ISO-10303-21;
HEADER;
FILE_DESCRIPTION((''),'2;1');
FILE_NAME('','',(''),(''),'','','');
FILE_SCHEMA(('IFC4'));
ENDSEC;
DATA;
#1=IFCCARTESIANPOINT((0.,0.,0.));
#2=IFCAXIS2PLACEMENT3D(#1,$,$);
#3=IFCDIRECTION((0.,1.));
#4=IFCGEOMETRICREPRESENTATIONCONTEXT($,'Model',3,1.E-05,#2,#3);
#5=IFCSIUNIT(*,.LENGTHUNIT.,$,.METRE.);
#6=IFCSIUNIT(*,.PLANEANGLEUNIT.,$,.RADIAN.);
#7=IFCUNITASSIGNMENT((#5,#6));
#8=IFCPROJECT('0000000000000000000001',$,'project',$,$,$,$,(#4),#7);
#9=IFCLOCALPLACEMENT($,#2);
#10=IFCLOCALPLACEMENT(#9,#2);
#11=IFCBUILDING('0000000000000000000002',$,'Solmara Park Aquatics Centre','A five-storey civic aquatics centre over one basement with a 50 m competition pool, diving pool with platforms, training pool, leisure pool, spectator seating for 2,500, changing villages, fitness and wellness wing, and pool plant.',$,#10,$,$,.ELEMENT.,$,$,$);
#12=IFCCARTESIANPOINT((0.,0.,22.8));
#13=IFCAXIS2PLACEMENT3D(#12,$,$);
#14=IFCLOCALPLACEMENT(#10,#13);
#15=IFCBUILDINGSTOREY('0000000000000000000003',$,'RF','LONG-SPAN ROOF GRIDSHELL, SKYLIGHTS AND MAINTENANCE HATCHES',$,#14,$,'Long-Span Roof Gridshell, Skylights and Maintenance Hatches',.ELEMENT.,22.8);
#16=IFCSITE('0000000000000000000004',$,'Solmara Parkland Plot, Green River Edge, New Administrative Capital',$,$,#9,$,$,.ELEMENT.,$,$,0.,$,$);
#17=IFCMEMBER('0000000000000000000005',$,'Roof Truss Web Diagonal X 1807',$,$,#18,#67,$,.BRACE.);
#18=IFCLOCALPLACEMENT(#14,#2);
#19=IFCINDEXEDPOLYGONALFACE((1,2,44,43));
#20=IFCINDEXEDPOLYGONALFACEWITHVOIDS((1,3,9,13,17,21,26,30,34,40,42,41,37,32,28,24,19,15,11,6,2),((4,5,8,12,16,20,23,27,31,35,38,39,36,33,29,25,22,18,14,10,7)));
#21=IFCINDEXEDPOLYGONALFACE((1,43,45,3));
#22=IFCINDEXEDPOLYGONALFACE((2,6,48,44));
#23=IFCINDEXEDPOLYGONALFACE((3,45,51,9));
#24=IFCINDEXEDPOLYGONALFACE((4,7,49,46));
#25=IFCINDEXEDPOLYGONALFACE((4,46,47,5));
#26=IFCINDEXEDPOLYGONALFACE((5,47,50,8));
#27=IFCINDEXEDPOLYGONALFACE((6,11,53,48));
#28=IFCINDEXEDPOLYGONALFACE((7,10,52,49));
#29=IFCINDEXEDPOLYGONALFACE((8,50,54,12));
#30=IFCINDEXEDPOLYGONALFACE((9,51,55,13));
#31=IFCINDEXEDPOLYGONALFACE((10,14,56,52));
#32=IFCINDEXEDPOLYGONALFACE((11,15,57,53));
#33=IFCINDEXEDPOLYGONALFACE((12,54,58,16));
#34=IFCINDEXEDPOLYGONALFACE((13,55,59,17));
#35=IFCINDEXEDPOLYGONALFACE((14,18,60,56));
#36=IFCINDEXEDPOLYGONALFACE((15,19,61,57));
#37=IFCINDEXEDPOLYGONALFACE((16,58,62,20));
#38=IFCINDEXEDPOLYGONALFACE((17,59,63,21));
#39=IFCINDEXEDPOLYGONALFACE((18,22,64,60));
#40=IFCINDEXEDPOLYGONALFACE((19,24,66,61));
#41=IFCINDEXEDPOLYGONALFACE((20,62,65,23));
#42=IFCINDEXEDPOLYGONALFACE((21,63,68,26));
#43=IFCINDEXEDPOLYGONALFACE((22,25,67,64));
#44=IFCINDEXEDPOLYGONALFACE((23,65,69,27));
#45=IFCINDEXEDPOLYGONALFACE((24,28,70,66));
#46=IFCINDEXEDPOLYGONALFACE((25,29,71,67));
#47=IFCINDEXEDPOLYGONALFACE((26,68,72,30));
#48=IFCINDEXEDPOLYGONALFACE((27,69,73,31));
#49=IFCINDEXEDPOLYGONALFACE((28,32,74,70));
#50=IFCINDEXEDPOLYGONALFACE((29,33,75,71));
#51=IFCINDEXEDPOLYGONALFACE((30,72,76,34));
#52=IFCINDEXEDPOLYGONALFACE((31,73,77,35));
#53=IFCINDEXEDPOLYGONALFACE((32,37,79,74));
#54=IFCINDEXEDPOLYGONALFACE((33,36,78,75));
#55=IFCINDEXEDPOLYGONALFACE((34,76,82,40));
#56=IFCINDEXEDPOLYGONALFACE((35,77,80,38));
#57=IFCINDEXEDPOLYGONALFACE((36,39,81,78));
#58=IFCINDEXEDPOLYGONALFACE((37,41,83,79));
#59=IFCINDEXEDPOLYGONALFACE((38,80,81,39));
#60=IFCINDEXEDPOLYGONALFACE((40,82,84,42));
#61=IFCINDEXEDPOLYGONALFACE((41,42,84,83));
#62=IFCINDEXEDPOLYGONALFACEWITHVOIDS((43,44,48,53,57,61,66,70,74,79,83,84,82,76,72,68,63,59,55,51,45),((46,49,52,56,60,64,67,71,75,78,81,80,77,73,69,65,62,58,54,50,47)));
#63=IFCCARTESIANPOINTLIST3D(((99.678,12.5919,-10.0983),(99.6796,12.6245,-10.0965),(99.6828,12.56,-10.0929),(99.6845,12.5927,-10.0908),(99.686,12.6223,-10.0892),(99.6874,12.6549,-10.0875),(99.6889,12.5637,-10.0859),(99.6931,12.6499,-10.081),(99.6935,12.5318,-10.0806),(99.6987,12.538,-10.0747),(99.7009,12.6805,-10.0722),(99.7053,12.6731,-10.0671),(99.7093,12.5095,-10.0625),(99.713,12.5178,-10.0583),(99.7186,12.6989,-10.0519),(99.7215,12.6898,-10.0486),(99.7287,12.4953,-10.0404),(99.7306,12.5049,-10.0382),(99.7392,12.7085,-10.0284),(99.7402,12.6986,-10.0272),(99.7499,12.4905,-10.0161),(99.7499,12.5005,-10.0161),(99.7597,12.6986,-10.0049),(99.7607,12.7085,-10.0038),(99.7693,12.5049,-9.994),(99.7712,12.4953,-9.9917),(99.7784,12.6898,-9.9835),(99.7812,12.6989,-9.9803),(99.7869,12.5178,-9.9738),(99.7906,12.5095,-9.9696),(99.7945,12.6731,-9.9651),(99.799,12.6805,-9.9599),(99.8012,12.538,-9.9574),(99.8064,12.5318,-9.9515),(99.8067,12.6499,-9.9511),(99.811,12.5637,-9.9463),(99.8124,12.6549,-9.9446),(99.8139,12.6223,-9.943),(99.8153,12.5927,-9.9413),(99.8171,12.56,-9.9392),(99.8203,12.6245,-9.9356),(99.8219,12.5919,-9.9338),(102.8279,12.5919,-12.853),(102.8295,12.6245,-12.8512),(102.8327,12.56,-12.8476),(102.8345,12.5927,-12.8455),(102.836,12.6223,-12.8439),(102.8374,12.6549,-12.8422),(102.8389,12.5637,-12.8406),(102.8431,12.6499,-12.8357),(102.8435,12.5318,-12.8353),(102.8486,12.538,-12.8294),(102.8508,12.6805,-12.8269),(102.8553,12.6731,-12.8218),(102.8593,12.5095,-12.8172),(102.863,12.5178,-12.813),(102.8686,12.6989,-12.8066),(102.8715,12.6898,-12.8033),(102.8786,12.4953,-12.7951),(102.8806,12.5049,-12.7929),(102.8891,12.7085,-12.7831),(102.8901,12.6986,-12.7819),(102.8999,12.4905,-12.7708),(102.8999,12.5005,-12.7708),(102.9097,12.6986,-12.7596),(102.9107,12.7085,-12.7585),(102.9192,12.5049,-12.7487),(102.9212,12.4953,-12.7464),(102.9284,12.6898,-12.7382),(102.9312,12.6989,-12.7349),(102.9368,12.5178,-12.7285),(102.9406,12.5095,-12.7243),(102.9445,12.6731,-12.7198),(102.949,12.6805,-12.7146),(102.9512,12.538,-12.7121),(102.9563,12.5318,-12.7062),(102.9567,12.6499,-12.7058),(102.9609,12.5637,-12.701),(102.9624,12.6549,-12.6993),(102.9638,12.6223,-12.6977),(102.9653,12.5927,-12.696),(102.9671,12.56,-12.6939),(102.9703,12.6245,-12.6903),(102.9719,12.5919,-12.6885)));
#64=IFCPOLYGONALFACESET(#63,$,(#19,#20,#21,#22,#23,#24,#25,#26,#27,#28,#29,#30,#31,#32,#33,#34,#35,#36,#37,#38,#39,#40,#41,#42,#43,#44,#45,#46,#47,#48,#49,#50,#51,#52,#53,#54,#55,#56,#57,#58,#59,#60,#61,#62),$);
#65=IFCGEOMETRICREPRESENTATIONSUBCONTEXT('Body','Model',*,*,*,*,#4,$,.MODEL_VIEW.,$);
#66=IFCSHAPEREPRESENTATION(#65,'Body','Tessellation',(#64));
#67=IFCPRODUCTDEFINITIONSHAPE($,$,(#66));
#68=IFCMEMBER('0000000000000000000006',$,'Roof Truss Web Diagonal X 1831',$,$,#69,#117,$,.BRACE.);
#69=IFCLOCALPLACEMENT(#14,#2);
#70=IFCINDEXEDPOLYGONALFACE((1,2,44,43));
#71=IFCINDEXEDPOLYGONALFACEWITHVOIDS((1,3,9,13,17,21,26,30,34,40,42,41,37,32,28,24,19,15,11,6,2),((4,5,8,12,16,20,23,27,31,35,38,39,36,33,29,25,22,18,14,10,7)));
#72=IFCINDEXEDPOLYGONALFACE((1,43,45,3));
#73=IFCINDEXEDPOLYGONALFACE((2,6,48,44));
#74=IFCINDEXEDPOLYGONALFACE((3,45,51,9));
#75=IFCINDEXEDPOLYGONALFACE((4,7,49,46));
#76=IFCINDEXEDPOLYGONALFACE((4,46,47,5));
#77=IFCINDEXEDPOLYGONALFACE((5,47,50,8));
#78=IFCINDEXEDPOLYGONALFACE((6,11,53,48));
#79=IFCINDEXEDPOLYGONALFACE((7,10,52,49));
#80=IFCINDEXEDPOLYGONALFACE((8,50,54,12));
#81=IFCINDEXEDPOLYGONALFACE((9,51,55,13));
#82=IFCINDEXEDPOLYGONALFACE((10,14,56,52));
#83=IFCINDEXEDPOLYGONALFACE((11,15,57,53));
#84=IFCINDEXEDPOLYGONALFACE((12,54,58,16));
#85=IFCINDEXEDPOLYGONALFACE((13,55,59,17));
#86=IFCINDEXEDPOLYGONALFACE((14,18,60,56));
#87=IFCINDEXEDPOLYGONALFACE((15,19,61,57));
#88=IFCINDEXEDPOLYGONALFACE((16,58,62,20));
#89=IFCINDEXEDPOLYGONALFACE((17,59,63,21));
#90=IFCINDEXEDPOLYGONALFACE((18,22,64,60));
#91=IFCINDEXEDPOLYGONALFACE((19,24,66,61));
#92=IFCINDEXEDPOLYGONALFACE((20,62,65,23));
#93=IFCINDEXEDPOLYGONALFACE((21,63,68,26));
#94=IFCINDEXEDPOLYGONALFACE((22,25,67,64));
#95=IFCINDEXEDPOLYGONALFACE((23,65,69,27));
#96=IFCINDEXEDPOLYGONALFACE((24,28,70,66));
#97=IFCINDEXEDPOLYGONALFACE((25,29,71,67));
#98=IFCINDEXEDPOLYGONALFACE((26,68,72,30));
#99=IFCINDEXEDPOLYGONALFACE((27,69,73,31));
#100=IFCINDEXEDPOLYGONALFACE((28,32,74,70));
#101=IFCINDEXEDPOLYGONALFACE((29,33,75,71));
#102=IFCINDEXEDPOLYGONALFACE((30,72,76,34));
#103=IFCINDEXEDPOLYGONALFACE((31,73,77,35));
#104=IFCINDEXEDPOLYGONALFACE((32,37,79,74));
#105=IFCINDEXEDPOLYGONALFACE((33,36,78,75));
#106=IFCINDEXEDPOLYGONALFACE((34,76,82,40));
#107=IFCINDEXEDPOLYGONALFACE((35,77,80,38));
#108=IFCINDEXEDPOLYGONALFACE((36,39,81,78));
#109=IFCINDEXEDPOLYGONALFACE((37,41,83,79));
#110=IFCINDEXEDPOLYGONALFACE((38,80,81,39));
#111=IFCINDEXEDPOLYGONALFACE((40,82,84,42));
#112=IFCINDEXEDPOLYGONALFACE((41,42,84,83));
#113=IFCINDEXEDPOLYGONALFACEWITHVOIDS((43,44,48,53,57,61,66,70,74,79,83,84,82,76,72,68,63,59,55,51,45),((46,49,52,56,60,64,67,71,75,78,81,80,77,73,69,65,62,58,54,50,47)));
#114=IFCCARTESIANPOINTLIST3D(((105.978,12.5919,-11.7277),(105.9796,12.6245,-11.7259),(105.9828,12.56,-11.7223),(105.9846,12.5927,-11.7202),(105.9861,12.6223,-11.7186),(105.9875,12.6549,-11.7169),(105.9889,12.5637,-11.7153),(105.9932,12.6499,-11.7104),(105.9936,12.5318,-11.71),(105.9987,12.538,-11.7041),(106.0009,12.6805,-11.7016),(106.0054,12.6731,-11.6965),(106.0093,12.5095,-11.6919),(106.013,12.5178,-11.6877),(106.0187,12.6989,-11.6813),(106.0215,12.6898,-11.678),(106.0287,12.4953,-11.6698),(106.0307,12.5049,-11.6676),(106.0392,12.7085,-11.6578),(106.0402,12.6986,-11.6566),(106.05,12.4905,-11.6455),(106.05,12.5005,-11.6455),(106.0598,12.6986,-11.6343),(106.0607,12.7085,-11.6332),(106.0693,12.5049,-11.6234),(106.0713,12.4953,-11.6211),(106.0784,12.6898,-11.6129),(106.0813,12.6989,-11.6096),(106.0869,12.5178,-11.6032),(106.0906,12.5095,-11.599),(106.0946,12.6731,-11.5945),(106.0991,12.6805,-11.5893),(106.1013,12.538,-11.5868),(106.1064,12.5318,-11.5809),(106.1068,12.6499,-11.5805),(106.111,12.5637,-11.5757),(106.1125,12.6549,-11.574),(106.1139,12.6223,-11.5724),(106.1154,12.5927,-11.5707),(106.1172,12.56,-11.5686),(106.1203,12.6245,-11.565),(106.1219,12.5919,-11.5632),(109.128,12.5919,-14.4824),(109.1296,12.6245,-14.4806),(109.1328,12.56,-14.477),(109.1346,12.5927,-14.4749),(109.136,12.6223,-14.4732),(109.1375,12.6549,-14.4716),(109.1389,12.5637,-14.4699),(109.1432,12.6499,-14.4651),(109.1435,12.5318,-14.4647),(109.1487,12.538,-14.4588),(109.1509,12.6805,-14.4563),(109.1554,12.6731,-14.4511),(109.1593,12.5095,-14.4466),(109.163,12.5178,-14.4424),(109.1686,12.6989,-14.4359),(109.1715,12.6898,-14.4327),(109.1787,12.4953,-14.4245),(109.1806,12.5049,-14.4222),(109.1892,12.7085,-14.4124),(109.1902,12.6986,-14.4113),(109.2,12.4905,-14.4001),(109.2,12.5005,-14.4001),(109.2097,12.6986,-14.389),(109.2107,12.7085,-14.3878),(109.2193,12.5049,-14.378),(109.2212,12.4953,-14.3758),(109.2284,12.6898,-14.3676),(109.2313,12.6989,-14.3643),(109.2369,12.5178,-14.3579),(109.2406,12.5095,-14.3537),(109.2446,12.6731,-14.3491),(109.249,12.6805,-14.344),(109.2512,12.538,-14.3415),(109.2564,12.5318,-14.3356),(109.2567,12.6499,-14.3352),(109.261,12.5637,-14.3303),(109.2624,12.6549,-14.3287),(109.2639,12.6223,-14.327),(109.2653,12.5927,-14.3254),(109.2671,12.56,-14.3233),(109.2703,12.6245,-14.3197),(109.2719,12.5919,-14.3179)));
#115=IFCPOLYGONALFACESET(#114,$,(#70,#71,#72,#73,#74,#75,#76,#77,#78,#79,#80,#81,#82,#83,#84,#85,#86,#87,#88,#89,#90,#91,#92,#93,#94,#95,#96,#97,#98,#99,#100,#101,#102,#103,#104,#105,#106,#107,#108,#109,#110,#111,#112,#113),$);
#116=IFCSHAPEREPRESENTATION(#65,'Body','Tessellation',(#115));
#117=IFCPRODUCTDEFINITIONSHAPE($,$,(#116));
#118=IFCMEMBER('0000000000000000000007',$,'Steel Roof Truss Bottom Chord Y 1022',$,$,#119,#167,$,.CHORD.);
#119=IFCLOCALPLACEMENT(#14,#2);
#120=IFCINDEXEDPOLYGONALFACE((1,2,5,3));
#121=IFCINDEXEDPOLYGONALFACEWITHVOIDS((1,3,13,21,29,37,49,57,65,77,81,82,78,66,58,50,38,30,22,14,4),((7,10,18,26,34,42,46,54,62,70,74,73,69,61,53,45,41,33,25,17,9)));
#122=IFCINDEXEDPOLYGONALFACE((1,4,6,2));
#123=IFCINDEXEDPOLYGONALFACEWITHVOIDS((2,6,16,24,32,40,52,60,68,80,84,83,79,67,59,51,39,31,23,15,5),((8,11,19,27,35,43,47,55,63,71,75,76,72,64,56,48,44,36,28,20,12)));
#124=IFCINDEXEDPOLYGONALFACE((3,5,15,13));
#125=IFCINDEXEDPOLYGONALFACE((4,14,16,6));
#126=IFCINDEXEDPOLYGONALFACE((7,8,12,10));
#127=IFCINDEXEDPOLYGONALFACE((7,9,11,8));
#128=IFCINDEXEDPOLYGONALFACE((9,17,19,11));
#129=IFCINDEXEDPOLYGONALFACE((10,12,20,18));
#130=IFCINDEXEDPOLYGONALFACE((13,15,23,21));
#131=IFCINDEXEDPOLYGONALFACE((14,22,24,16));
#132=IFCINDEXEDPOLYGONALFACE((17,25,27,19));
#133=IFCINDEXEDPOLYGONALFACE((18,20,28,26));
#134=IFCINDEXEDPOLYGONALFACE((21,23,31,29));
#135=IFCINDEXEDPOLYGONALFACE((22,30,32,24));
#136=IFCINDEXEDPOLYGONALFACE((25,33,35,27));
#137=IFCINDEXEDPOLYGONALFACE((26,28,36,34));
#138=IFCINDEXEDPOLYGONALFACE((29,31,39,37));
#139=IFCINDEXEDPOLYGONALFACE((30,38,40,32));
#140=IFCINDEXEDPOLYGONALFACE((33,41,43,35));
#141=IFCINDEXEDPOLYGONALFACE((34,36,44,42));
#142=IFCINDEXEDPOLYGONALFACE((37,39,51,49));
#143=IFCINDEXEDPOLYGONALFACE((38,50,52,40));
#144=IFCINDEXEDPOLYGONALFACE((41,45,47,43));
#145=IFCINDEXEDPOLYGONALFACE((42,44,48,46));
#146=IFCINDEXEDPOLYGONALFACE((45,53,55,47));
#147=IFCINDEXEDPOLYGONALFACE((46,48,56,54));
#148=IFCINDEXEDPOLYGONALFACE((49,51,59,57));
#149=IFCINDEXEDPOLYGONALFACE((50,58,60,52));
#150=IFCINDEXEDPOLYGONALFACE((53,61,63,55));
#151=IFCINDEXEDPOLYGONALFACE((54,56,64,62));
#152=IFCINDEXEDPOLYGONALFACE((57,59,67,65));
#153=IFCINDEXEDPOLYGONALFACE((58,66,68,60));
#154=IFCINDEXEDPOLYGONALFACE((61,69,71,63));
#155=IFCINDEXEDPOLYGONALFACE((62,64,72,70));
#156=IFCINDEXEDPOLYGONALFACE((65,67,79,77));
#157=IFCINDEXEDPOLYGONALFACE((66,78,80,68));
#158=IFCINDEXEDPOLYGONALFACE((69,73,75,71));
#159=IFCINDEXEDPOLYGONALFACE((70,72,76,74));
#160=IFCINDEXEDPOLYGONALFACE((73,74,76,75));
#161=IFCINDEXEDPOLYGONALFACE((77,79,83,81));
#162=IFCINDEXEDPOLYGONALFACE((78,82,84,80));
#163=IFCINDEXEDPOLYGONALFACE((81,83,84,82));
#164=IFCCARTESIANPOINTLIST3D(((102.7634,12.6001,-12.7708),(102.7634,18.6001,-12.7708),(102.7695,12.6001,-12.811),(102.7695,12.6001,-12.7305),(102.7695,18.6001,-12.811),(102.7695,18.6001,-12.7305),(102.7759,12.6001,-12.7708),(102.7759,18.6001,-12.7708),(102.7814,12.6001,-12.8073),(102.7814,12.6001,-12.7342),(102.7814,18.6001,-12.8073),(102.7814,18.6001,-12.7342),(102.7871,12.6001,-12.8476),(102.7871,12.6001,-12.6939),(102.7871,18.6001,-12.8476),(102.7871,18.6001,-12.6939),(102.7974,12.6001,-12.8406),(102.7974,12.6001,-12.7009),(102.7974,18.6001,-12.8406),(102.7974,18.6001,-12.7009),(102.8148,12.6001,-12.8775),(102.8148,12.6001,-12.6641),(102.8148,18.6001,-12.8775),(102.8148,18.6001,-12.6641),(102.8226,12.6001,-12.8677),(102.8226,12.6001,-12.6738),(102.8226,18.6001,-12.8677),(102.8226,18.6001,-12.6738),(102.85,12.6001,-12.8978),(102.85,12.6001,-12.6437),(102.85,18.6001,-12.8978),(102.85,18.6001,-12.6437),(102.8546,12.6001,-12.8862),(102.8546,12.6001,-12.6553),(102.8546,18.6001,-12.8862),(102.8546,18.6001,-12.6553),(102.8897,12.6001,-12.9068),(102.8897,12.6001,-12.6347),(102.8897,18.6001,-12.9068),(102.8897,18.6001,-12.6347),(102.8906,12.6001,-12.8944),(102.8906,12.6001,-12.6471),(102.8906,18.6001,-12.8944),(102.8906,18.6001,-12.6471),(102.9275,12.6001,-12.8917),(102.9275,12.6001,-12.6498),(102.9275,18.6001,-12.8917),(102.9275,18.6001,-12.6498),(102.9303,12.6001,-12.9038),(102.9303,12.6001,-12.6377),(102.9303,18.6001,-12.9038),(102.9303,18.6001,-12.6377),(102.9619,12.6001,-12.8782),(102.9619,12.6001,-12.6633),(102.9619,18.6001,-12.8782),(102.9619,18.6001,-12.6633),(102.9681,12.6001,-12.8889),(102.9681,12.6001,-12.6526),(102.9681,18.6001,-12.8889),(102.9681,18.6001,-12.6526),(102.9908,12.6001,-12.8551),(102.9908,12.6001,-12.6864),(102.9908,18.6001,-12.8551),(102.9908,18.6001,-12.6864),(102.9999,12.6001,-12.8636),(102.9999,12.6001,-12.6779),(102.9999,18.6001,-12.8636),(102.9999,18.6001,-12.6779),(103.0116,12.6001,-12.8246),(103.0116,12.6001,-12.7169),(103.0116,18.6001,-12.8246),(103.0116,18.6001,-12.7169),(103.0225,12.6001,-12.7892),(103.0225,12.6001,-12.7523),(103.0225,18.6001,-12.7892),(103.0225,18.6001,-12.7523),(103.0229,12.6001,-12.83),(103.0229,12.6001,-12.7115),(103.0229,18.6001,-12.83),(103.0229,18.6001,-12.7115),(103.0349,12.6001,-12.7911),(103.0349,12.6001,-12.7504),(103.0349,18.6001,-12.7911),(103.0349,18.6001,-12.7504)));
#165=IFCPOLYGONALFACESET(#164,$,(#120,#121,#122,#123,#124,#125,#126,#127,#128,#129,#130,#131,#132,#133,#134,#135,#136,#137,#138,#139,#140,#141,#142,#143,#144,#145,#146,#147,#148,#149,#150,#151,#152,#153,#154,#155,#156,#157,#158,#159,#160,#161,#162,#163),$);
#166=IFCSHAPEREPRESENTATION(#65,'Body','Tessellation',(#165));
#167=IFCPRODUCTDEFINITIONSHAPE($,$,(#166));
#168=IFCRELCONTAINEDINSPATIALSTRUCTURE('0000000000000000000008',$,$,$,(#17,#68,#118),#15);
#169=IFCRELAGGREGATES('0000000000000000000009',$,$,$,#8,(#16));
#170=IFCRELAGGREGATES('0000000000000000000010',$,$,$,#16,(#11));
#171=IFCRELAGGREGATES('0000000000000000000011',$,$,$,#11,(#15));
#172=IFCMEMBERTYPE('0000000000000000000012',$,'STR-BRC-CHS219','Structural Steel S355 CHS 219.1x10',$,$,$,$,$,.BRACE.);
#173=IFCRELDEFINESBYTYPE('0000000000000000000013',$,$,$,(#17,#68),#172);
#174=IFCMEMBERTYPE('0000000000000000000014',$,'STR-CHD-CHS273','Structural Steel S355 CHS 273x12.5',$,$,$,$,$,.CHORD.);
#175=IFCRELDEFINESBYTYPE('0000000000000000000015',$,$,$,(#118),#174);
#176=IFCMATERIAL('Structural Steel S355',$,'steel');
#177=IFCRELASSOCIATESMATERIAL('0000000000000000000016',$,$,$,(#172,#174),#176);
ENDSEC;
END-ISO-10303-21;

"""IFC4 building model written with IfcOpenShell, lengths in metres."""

from ifc_helpers import new_model, si_unit, direction, frame, origin, origin_2d, place, context, subcontext, project, spatial, hollow_circle, extrude, material, material_profile, profile_set, type_object, element, save


model = new_model("IFC4")

# Units and contexts
model_context = context("Model", 3, precision=1e-05, world=origin(), true_north=direction((0.0, 1.0)))
body_context = subcontext(model_context, "Body", "Model", "MODEL_VIEW")
ifc_project = project(units=[si_unit("LENGTHUNIT", "METRE"), si_unit("PLANEANGLEUNIT", "RADIAN")], contexts=[model_context])

# Site, building, storey
site_placement = place(None, origin())
site = spatial("IfcSite", under=ifc_project, at=site_placement, Name="Solmara Parkland Plot, Green River Edge, New Administrative Capital", CompositionType="ELEMENT", RefElevation=0.0)
building_placement = place(site_placement, origin())
building = spatial("IfcBuilding", under=site, at=building_placement, Name="Solmara Park Aquatics Centre", Description="A five-storey civic aquatics centre over one basement with a 50 m competition pool, diving pool with platforms, training pool, leisure pool, spectator seating for 2,500, changing villages, fitness and wellness wing, and pool plant.", CompositionType="ELEMENT")
storey_placement = place(building_placement, frame((0.0, 0.0, 22.8)))
storey = spatial("IfcBuildingStorey", under=building, at=storey_placement, Name="RF", Description="LONG-SPAN ROOF GRIDSHELL, SKYLIGHTS AND MAINTENANCE HATCHES", LongName="Long-Span Roof Gridshell, Skylights and Maintenance Hatches", CompositionType="ELEMENT", Elevation=22.8)

# Shared definitions
ifc_material_1 = material(Name="Structural Steel S355", Category="steel")

# Members
ifc_material_profile_1 = material_profile(ifc_material_1, hollow_circle(Radius=0.1096, WallThickness=0.01, at=origin_2d()), Name="CHS 219.1x10")
ifc_profile_set_1 = profile_set([ifc_material_profile_1], Name="Structural Steel S355")
member_type_1 = type_object("IfcMemberType", Name="STR-BRC-CHS219", Description="Structural Steel S355 CHS 219.1x10", PredefinedType="BRACE", material=ifc_profile_set_1)
for number, where, z_axis, x_axis, name in (
    (1, (102.8999, 12.6001, -12.7708), (-0.752757, 0.0, 0.658298), (0.0, -1.0, 0.0), "Roof Truss Web Diagonal X 1807"),
    (2, (109.2, 12.6001, -14.4001), (-0.752757, 0.0, 0.658298), (0.0, -1.0, 0.0), "Roof Truss Web Diagonal X 1831"),
):
    element("IfcMember", number, at=place(storey_placement, frame(where, z_axis=z_axis, x_axis=x_axis)), inside=storey, type_object=member_type_1, Name=name, PredefinedType="BRACE", context=body_context, shape_type="SweptSolid", body=[
        extrude(hollow_circle(Radius=0.1096, WallThickness=0.01, at=origin_2d()), origin(), (0.0, 0.0, 1.0), 4.1846),
    ])
ifc_material_profile_2 = material_profile(ifc_material_1, hollow_circle(Radius=0.1365, WallThickness=0.0125, at=origin_2d()), Name="CHS 273x12.5")
ifc_profile_set_2 = profile_set([ifc_material_profile_2], Name="Structural Steel S355")
member_type_2 = type_object("IfcMemberType", Name="STR-CHD-CHS273", Description="Structural Steel S355 CHS 273x12.5", PredefinedType="CHORD", material=ifc_profile_set_2)
member_1_placement = place(storey_placement, frame((102.8999, 12.6001, -12.7708), z_axis=(0.0, 1.0, 0.0), x_axis=(-1.0, 0.0, 0.0)))
element("IfcMember", 3, at=member_1_placement, inside=storey, type_object=member_type_2, Name="Steel Roof Truss Bottom Chord Y 1022", PredefinedType="CHORD", context=body_context, shape_type="SweptSolid", body=[
    extrude(hollow_circle(Radius=0.1365, WallThickness=0.0125, at=origin_2d()), origin(), (0.0, 0.0, 1.0), 6.0),
])

save(model, "model.ifc")
